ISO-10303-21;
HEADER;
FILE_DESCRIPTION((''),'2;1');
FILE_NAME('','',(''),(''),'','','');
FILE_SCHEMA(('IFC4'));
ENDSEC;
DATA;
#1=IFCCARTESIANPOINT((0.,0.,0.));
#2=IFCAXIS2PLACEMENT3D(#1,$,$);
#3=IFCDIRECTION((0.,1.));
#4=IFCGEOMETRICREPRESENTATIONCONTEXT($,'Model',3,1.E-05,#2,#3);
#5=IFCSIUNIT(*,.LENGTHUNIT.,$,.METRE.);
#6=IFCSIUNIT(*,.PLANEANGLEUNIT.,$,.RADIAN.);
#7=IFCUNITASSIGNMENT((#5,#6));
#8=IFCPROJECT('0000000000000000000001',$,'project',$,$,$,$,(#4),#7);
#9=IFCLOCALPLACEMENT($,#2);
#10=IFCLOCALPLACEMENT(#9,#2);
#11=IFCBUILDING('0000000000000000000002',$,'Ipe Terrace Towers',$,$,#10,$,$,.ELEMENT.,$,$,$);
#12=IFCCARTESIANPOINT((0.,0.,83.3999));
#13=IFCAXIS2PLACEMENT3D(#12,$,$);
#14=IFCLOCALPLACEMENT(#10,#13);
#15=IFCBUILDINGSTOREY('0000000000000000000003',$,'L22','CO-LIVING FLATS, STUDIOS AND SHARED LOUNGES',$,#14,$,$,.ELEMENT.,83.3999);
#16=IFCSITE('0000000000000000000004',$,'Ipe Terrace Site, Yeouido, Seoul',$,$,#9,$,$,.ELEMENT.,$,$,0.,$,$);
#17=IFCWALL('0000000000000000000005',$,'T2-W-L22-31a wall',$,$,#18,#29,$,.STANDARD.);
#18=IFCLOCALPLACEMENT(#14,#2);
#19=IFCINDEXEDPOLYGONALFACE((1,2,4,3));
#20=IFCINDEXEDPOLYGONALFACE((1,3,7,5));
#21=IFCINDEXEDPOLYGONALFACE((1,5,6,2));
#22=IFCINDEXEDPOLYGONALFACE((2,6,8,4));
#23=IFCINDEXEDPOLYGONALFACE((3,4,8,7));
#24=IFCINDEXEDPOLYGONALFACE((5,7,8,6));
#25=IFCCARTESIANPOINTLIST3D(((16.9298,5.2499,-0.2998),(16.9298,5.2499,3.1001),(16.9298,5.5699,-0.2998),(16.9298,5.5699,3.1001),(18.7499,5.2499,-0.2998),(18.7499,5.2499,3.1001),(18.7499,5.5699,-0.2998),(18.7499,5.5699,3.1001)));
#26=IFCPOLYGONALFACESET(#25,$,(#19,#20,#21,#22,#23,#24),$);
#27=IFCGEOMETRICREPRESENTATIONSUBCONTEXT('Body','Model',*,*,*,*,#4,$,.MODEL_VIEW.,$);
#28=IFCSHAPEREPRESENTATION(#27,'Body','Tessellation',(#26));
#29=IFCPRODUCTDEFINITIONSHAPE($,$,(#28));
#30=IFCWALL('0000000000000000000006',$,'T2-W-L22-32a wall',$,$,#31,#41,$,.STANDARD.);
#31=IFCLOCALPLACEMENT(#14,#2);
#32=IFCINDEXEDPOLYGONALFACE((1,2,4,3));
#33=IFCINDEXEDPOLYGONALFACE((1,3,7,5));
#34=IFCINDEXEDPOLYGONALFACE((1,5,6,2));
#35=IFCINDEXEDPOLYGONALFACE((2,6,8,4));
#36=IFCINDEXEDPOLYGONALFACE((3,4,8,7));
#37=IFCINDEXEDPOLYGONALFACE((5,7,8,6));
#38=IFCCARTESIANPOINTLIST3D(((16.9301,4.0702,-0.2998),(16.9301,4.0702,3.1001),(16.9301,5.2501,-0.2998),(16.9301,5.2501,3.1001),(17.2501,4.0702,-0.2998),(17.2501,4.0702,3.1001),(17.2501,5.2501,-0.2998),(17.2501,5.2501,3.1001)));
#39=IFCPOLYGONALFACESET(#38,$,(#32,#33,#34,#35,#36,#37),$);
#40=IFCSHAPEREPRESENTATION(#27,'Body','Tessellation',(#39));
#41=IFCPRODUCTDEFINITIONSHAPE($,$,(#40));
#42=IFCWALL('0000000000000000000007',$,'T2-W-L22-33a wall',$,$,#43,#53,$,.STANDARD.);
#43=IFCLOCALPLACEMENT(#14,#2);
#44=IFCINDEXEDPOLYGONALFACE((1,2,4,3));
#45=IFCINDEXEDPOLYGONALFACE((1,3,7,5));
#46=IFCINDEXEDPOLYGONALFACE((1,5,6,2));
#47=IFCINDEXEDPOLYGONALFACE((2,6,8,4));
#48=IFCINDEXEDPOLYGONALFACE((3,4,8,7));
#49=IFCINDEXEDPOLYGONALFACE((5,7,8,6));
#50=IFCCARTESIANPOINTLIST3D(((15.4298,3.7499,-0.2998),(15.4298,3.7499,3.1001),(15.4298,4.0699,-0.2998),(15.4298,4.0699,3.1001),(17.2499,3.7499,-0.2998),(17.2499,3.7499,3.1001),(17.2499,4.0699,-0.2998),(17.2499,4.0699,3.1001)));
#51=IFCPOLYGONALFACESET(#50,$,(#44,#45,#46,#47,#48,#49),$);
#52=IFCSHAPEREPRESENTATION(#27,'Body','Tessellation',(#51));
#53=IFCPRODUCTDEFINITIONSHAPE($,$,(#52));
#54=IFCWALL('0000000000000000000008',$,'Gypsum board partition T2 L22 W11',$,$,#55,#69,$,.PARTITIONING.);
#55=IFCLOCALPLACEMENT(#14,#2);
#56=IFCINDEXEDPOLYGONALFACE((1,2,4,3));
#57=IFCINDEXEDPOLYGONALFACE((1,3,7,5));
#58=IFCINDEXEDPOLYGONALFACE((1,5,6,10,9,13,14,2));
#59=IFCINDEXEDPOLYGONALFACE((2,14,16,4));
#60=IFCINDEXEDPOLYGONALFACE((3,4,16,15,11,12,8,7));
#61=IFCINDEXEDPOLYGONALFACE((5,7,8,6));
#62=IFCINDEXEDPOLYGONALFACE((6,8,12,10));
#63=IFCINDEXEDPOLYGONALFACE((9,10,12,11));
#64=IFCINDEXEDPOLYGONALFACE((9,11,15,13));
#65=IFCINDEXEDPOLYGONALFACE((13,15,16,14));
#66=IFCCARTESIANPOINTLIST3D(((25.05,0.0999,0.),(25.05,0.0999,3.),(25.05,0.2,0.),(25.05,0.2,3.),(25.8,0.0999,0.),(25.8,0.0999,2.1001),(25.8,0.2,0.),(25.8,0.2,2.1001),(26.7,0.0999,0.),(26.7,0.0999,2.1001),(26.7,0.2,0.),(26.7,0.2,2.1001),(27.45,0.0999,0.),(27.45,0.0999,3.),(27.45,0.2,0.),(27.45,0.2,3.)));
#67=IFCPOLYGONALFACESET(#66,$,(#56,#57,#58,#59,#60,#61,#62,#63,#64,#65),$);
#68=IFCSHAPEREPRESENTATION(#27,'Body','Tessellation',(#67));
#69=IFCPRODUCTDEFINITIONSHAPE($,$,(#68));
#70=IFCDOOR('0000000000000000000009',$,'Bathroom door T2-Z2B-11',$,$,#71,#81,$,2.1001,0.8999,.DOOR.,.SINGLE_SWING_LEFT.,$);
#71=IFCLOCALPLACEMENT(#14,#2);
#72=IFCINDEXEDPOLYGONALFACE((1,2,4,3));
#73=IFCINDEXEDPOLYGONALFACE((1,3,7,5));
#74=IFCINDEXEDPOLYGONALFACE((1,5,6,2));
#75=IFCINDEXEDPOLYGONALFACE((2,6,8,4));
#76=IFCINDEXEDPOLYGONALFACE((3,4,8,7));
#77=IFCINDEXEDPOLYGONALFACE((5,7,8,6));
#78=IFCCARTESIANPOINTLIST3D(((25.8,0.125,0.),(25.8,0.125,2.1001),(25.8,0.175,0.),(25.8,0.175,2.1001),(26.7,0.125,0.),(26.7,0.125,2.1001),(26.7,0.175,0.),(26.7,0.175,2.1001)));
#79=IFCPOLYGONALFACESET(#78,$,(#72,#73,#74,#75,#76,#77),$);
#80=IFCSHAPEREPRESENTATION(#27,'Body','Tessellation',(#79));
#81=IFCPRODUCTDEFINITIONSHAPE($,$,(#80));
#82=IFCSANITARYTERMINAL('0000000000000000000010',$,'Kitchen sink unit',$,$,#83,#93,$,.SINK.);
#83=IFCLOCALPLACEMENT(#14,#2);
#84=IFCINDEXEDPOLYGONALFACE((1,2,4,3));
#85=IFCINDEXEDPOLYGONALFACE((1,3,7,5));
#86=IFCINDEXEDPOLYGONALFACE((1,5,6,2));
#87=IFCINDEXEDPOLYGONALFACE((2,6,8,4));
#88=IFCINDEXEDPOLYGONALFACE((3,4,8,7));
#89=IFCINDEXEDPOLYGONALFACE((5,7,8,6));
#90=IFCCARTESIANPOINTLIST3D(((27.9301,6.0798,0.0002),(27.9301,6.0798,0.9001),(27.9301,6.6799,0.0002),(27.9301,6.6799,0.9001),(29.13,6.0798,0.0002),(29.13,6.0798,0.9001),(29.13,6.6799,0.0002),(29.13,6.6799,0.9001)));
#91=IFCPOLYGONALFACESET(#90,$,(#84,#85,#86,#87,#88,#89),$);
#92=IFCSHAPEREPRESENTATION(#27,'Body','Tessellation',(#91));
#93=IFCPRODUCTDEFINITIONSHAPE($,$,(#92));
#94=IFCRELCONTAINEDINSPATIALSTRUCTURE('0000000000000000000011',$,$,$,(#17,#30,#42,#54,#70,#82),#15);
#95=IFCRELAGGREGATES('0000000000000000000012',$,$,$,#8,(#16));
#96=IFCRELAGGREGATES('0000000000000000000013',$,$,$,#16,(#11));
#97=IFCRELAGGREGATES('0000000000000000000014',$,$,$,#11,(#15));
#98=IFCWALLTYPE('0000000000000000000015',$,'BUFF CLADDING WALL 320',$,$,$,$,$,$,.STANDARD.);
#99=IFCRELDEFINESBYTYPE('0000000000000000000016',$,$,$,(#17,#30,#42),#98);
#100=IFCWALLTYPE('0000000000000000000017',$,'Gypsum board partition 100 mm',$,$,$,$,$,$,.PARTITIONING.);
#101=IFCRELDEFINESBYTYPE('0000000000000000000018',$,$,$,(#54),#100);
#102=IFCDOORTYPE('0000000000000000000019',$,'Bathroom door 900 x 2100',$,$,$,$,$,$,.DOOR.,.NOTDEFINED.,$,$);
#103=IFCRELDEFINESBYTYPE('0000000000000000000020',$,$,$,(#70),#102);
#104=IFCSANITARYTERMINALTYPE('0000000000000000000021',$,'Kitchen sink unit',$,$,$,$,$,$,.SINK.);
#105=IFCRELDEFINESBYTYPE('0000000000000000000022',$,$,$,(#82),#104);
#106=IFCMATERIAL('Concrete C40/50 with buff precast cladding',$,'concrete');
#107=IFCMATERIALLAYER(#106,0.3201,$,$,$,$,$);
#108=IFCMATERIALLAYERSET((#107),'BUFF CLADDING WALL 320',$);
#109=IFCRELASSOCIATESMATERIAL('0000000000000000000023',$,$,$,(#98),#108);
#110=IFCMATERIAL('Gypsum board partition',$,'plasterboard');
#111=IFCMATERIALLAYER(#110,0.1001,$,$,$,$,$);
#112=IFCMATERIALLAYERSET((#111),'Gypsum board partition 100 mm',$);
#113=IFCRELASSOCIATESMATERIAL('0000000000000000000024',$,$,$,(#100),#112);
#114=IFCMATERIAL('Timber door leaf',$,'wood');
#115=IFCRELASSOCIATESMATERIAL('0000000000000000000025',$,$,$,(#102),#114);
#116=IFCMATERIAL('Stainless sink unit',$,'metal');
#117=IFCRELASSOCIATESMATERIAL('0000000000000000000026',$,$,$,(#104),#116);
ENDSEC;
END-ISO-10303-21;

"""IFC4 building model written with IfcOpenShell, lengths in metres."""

from ifc_helpers import new_model, si_unit, direction, frame, frame_2d, origin, origin_2d, place, context, subcontext, project, spatial, rectangle, extrude, material, layer, layer_set, type_object, element, fill, save


model = new_model("IFC4")

# Units and contexts
model_context = context("Model", 3, precision=1e-05, world=origin(), true_north=direction((0.0, 1.0)))
body_context = subcontext(model_context, "Body", "Model", "MODEL_VIEW")
ifc_project = project(units=[si_unit("LENGTHUNIT", "METRE"), si_unit("PLANEANGLEUNIT", "RADIAN")], contexts=[model_context])

# Site, building, storey
site_placement = place(None, origin())
site = spatial("IfcSite", under=ifc_project, at=site_placement, Name="Ipe Terrace Site, Yeouido, Seoul", CompositionType="ELEMENT", RefElevation=0.0)
building_placement = place(site_placement, origin())
building = spatial("IfcBuilding", under=site, at=building_placement, Name="Ipe Terrace Towers", CompositionType="ELEMENT")
storey_placement = place(building_placement, frame((0.0, 0.0, 83.3999)))
storey = spatial("IfcBuildingStorey", under=building, at=storey_placement, Name="L22", Description="CO-LIVING FLATS, STUDIOS AND SHARED LOUNGES", CompositionType="ELEMENT", Elevation=83.3999)

# Walls
ifc_material_1 = material(Name="Concrete C40/50 with buff precast cladding", Category="concrete")
ifc_layer_1 = layer(ifc_material_1, 0.3201)
ifc_layer_set_1 = layer_set([ifc_layer_1], Name="BUFF CLADDING WALL 320")
wall_type_1 = type_object("IfcWallType", Name="BUFF CLADDING WALL 320", PredefinedType="STANDARD", material=ifc_layer_set_1)
wall_1_placement = place(storey_placement, frame((18.75, 5.4099, -0.2998), z_axis=(0.0, 0.0, 1.0), x_axis=(-1.0, 0.0, 0.0)))
element("IfcWall", 1, at=wall_1_placement, inside=storey, type_object=wall_type_1, Name="T2-W-L22-31a wall", PredefinedType="STANDARD", context=body_context, shape_type="SweptSolid", body=[
    extrude(rectangle(XDim=1.8201, YDim=0.3201, at=frame_2d((0.9102, 0.0))), origin(), (0.0, 0.0, 1.0), 3.3999),
])
wall_2_placement = place(storey_placement, frame((17.0901, 5.25, -0.2998), z_axis=(0.0, 0.0, 1.0), x_axis=(0.0, -1.0, 0.0)))
element("IfcWall", 2, at=wall_2_placement, inside=storey, type_object=wall_type_1, Name="T2-W-L22-32a wall", PredefinedType="STANDARD", context=body_context, shape_type="SweptSolid", body=[
    extrude(rectangle(XDim=1.1799, YDim=0.3201, at=frame_2d((0.5898, 0.0))), origin(), (0.0, 0.0, 1.0), 3.3999),
])
wall_3_placement = place(storey_placement, frame((17.25, 3.9099, -0.2998), z_axis=(0.0, 0.0, 1.0), x_axis=(-1.0, 0.0, 0.0)))
element("IfcWall", 3, at=wall_3_placement, inside=storey, type_object=wall_type_1, Name="T2-W-L22-33a wall", PredefinedType="STANDARD", context=body_context, shape_type="SweptSolid", body=[
    extrude(rectangle(XDim=1.8201, YDim=0.3201, at=frame_2d((0.9102, 0.0))), origin(), (0.0, 0.0, 1.0), 3.3999),
])

# Wall, opening, door
ifc_material_2 = material(Name="Gypsum board partition", Category="plasterboard")
ifc_layer_2 = layer(ifc_material_2, 0.1001)
ifc_layer_set_2 = layer_set([ifc_layer_2], Name="Gypsum board partition 100 mm")
wall_type_2 = type_object("IfcWallType", Name="Gypsum board partition 100 mm", PredefinedType="PARTITIONING", material=ifc_layer_set_2)
wall_4_placement = place(storey_placement, frame((27.45, 0.1499, 0.0), z_axis=(0.0, 0.0, 1.0), x_axis=(-1.0, 0.0, 0.0)))
wall_4 = element("IfcWall", 4, at=wall_4_placement, inside=storey, type_object=wall_type_2, Name="Gypsum board partition T2 L22 W11", PredefinedType="PARTITIONING", context=body_context, shape_type="SweptSolid", body=[
    extrude(rectangle(XDim=2.3999, YDim=0.1001, at=frame_2d((1.2, 0.0))), origin(), (0.0, 0.0, 1.0), 3.0),
])
opening_placement = place(wall_4_placement, frame((0.75, 0.0, 0.0)))
opening = element("IfcOpeningElement", 5, at=opening_placement, cuts=wall_4, PredefinedType="OPENING", context=body_context, shape_type="SweptSolid", body=[
    extrude(rectangle(XDim=0.8999, YDim=2.1001, at=frame_2d((0.45, 1.05))), frame((0.0, 0.0601, 0.0), z_axis=(0.0, -1.0, 0.0), x_axis=(1.0, 0.0, 0.0)), (0.0, 0.0, 1.0), 0.1201),
])
ifc_material_3 = material(Name="Timber door leaf", Category="wood")
door_type = type_object("IfcDoorType", Name="Bathroom door 900 x 2100", OperationType="NOTDEFINED", PredefinedType="DOOR", material=ifc_material_3)
door_placement = place(opening_placement, origin())
door = element("IfcDoor", 6, at=door_placement, inside=storey, type_object=door_type, Name="Bathroom door T2-Z2B-11", OperationType="SINGLE_SWING_LEFT", OverallHeight=2.1001, OverallWidth=0.8999, PredefinedType="DOOR", context=body_context, shape_type="SweptSolid", body=[
    extrude(rectangle(XDim=0.8999, YDim=2.1001, at=frame_2d((0.45, 1.05))), frame((0.0, 0.0249, 0.0), z_axis=(0.0, -1.0, 0.0), x_axis=(1.0, 0.0, 0.0)), (0.0, 0.0, 1.0), 0.05),
])
fill(opening, door)

# Sanitary terminal
ifc_material_4 = material(Name="Stainless sink unit", Category="metal")
sanitary_terminal_type = type_object("IfcSanitaryTerminalType", Name="Kitchen sink unit", PredefinedType="SINK", material=ifc_material_4)
sanitary_terminal_placement = place(storey_placement, frame((28.53, 6.3799, 0.0002), z_axis=(0.0, 0.0, 1.0), x_axis=(1.0, 0.0, 0.0)))
element("IfcSanitaryTerminal", 7, at=sanitary_terminal_placement, inside=storey, type_object=sanitary_terminal_type, Name="Kitchen sink unit", PredefinedType="SINK", context=body_context, shape_type="SweptSolid", body=[
    extrude(rectangle(XDim=1.2, YDim=0.6001, at=origin_2d()), origin(), (0.0, 0.0, 1.0), 0.8999),
])

save(model, "model.ifc")
